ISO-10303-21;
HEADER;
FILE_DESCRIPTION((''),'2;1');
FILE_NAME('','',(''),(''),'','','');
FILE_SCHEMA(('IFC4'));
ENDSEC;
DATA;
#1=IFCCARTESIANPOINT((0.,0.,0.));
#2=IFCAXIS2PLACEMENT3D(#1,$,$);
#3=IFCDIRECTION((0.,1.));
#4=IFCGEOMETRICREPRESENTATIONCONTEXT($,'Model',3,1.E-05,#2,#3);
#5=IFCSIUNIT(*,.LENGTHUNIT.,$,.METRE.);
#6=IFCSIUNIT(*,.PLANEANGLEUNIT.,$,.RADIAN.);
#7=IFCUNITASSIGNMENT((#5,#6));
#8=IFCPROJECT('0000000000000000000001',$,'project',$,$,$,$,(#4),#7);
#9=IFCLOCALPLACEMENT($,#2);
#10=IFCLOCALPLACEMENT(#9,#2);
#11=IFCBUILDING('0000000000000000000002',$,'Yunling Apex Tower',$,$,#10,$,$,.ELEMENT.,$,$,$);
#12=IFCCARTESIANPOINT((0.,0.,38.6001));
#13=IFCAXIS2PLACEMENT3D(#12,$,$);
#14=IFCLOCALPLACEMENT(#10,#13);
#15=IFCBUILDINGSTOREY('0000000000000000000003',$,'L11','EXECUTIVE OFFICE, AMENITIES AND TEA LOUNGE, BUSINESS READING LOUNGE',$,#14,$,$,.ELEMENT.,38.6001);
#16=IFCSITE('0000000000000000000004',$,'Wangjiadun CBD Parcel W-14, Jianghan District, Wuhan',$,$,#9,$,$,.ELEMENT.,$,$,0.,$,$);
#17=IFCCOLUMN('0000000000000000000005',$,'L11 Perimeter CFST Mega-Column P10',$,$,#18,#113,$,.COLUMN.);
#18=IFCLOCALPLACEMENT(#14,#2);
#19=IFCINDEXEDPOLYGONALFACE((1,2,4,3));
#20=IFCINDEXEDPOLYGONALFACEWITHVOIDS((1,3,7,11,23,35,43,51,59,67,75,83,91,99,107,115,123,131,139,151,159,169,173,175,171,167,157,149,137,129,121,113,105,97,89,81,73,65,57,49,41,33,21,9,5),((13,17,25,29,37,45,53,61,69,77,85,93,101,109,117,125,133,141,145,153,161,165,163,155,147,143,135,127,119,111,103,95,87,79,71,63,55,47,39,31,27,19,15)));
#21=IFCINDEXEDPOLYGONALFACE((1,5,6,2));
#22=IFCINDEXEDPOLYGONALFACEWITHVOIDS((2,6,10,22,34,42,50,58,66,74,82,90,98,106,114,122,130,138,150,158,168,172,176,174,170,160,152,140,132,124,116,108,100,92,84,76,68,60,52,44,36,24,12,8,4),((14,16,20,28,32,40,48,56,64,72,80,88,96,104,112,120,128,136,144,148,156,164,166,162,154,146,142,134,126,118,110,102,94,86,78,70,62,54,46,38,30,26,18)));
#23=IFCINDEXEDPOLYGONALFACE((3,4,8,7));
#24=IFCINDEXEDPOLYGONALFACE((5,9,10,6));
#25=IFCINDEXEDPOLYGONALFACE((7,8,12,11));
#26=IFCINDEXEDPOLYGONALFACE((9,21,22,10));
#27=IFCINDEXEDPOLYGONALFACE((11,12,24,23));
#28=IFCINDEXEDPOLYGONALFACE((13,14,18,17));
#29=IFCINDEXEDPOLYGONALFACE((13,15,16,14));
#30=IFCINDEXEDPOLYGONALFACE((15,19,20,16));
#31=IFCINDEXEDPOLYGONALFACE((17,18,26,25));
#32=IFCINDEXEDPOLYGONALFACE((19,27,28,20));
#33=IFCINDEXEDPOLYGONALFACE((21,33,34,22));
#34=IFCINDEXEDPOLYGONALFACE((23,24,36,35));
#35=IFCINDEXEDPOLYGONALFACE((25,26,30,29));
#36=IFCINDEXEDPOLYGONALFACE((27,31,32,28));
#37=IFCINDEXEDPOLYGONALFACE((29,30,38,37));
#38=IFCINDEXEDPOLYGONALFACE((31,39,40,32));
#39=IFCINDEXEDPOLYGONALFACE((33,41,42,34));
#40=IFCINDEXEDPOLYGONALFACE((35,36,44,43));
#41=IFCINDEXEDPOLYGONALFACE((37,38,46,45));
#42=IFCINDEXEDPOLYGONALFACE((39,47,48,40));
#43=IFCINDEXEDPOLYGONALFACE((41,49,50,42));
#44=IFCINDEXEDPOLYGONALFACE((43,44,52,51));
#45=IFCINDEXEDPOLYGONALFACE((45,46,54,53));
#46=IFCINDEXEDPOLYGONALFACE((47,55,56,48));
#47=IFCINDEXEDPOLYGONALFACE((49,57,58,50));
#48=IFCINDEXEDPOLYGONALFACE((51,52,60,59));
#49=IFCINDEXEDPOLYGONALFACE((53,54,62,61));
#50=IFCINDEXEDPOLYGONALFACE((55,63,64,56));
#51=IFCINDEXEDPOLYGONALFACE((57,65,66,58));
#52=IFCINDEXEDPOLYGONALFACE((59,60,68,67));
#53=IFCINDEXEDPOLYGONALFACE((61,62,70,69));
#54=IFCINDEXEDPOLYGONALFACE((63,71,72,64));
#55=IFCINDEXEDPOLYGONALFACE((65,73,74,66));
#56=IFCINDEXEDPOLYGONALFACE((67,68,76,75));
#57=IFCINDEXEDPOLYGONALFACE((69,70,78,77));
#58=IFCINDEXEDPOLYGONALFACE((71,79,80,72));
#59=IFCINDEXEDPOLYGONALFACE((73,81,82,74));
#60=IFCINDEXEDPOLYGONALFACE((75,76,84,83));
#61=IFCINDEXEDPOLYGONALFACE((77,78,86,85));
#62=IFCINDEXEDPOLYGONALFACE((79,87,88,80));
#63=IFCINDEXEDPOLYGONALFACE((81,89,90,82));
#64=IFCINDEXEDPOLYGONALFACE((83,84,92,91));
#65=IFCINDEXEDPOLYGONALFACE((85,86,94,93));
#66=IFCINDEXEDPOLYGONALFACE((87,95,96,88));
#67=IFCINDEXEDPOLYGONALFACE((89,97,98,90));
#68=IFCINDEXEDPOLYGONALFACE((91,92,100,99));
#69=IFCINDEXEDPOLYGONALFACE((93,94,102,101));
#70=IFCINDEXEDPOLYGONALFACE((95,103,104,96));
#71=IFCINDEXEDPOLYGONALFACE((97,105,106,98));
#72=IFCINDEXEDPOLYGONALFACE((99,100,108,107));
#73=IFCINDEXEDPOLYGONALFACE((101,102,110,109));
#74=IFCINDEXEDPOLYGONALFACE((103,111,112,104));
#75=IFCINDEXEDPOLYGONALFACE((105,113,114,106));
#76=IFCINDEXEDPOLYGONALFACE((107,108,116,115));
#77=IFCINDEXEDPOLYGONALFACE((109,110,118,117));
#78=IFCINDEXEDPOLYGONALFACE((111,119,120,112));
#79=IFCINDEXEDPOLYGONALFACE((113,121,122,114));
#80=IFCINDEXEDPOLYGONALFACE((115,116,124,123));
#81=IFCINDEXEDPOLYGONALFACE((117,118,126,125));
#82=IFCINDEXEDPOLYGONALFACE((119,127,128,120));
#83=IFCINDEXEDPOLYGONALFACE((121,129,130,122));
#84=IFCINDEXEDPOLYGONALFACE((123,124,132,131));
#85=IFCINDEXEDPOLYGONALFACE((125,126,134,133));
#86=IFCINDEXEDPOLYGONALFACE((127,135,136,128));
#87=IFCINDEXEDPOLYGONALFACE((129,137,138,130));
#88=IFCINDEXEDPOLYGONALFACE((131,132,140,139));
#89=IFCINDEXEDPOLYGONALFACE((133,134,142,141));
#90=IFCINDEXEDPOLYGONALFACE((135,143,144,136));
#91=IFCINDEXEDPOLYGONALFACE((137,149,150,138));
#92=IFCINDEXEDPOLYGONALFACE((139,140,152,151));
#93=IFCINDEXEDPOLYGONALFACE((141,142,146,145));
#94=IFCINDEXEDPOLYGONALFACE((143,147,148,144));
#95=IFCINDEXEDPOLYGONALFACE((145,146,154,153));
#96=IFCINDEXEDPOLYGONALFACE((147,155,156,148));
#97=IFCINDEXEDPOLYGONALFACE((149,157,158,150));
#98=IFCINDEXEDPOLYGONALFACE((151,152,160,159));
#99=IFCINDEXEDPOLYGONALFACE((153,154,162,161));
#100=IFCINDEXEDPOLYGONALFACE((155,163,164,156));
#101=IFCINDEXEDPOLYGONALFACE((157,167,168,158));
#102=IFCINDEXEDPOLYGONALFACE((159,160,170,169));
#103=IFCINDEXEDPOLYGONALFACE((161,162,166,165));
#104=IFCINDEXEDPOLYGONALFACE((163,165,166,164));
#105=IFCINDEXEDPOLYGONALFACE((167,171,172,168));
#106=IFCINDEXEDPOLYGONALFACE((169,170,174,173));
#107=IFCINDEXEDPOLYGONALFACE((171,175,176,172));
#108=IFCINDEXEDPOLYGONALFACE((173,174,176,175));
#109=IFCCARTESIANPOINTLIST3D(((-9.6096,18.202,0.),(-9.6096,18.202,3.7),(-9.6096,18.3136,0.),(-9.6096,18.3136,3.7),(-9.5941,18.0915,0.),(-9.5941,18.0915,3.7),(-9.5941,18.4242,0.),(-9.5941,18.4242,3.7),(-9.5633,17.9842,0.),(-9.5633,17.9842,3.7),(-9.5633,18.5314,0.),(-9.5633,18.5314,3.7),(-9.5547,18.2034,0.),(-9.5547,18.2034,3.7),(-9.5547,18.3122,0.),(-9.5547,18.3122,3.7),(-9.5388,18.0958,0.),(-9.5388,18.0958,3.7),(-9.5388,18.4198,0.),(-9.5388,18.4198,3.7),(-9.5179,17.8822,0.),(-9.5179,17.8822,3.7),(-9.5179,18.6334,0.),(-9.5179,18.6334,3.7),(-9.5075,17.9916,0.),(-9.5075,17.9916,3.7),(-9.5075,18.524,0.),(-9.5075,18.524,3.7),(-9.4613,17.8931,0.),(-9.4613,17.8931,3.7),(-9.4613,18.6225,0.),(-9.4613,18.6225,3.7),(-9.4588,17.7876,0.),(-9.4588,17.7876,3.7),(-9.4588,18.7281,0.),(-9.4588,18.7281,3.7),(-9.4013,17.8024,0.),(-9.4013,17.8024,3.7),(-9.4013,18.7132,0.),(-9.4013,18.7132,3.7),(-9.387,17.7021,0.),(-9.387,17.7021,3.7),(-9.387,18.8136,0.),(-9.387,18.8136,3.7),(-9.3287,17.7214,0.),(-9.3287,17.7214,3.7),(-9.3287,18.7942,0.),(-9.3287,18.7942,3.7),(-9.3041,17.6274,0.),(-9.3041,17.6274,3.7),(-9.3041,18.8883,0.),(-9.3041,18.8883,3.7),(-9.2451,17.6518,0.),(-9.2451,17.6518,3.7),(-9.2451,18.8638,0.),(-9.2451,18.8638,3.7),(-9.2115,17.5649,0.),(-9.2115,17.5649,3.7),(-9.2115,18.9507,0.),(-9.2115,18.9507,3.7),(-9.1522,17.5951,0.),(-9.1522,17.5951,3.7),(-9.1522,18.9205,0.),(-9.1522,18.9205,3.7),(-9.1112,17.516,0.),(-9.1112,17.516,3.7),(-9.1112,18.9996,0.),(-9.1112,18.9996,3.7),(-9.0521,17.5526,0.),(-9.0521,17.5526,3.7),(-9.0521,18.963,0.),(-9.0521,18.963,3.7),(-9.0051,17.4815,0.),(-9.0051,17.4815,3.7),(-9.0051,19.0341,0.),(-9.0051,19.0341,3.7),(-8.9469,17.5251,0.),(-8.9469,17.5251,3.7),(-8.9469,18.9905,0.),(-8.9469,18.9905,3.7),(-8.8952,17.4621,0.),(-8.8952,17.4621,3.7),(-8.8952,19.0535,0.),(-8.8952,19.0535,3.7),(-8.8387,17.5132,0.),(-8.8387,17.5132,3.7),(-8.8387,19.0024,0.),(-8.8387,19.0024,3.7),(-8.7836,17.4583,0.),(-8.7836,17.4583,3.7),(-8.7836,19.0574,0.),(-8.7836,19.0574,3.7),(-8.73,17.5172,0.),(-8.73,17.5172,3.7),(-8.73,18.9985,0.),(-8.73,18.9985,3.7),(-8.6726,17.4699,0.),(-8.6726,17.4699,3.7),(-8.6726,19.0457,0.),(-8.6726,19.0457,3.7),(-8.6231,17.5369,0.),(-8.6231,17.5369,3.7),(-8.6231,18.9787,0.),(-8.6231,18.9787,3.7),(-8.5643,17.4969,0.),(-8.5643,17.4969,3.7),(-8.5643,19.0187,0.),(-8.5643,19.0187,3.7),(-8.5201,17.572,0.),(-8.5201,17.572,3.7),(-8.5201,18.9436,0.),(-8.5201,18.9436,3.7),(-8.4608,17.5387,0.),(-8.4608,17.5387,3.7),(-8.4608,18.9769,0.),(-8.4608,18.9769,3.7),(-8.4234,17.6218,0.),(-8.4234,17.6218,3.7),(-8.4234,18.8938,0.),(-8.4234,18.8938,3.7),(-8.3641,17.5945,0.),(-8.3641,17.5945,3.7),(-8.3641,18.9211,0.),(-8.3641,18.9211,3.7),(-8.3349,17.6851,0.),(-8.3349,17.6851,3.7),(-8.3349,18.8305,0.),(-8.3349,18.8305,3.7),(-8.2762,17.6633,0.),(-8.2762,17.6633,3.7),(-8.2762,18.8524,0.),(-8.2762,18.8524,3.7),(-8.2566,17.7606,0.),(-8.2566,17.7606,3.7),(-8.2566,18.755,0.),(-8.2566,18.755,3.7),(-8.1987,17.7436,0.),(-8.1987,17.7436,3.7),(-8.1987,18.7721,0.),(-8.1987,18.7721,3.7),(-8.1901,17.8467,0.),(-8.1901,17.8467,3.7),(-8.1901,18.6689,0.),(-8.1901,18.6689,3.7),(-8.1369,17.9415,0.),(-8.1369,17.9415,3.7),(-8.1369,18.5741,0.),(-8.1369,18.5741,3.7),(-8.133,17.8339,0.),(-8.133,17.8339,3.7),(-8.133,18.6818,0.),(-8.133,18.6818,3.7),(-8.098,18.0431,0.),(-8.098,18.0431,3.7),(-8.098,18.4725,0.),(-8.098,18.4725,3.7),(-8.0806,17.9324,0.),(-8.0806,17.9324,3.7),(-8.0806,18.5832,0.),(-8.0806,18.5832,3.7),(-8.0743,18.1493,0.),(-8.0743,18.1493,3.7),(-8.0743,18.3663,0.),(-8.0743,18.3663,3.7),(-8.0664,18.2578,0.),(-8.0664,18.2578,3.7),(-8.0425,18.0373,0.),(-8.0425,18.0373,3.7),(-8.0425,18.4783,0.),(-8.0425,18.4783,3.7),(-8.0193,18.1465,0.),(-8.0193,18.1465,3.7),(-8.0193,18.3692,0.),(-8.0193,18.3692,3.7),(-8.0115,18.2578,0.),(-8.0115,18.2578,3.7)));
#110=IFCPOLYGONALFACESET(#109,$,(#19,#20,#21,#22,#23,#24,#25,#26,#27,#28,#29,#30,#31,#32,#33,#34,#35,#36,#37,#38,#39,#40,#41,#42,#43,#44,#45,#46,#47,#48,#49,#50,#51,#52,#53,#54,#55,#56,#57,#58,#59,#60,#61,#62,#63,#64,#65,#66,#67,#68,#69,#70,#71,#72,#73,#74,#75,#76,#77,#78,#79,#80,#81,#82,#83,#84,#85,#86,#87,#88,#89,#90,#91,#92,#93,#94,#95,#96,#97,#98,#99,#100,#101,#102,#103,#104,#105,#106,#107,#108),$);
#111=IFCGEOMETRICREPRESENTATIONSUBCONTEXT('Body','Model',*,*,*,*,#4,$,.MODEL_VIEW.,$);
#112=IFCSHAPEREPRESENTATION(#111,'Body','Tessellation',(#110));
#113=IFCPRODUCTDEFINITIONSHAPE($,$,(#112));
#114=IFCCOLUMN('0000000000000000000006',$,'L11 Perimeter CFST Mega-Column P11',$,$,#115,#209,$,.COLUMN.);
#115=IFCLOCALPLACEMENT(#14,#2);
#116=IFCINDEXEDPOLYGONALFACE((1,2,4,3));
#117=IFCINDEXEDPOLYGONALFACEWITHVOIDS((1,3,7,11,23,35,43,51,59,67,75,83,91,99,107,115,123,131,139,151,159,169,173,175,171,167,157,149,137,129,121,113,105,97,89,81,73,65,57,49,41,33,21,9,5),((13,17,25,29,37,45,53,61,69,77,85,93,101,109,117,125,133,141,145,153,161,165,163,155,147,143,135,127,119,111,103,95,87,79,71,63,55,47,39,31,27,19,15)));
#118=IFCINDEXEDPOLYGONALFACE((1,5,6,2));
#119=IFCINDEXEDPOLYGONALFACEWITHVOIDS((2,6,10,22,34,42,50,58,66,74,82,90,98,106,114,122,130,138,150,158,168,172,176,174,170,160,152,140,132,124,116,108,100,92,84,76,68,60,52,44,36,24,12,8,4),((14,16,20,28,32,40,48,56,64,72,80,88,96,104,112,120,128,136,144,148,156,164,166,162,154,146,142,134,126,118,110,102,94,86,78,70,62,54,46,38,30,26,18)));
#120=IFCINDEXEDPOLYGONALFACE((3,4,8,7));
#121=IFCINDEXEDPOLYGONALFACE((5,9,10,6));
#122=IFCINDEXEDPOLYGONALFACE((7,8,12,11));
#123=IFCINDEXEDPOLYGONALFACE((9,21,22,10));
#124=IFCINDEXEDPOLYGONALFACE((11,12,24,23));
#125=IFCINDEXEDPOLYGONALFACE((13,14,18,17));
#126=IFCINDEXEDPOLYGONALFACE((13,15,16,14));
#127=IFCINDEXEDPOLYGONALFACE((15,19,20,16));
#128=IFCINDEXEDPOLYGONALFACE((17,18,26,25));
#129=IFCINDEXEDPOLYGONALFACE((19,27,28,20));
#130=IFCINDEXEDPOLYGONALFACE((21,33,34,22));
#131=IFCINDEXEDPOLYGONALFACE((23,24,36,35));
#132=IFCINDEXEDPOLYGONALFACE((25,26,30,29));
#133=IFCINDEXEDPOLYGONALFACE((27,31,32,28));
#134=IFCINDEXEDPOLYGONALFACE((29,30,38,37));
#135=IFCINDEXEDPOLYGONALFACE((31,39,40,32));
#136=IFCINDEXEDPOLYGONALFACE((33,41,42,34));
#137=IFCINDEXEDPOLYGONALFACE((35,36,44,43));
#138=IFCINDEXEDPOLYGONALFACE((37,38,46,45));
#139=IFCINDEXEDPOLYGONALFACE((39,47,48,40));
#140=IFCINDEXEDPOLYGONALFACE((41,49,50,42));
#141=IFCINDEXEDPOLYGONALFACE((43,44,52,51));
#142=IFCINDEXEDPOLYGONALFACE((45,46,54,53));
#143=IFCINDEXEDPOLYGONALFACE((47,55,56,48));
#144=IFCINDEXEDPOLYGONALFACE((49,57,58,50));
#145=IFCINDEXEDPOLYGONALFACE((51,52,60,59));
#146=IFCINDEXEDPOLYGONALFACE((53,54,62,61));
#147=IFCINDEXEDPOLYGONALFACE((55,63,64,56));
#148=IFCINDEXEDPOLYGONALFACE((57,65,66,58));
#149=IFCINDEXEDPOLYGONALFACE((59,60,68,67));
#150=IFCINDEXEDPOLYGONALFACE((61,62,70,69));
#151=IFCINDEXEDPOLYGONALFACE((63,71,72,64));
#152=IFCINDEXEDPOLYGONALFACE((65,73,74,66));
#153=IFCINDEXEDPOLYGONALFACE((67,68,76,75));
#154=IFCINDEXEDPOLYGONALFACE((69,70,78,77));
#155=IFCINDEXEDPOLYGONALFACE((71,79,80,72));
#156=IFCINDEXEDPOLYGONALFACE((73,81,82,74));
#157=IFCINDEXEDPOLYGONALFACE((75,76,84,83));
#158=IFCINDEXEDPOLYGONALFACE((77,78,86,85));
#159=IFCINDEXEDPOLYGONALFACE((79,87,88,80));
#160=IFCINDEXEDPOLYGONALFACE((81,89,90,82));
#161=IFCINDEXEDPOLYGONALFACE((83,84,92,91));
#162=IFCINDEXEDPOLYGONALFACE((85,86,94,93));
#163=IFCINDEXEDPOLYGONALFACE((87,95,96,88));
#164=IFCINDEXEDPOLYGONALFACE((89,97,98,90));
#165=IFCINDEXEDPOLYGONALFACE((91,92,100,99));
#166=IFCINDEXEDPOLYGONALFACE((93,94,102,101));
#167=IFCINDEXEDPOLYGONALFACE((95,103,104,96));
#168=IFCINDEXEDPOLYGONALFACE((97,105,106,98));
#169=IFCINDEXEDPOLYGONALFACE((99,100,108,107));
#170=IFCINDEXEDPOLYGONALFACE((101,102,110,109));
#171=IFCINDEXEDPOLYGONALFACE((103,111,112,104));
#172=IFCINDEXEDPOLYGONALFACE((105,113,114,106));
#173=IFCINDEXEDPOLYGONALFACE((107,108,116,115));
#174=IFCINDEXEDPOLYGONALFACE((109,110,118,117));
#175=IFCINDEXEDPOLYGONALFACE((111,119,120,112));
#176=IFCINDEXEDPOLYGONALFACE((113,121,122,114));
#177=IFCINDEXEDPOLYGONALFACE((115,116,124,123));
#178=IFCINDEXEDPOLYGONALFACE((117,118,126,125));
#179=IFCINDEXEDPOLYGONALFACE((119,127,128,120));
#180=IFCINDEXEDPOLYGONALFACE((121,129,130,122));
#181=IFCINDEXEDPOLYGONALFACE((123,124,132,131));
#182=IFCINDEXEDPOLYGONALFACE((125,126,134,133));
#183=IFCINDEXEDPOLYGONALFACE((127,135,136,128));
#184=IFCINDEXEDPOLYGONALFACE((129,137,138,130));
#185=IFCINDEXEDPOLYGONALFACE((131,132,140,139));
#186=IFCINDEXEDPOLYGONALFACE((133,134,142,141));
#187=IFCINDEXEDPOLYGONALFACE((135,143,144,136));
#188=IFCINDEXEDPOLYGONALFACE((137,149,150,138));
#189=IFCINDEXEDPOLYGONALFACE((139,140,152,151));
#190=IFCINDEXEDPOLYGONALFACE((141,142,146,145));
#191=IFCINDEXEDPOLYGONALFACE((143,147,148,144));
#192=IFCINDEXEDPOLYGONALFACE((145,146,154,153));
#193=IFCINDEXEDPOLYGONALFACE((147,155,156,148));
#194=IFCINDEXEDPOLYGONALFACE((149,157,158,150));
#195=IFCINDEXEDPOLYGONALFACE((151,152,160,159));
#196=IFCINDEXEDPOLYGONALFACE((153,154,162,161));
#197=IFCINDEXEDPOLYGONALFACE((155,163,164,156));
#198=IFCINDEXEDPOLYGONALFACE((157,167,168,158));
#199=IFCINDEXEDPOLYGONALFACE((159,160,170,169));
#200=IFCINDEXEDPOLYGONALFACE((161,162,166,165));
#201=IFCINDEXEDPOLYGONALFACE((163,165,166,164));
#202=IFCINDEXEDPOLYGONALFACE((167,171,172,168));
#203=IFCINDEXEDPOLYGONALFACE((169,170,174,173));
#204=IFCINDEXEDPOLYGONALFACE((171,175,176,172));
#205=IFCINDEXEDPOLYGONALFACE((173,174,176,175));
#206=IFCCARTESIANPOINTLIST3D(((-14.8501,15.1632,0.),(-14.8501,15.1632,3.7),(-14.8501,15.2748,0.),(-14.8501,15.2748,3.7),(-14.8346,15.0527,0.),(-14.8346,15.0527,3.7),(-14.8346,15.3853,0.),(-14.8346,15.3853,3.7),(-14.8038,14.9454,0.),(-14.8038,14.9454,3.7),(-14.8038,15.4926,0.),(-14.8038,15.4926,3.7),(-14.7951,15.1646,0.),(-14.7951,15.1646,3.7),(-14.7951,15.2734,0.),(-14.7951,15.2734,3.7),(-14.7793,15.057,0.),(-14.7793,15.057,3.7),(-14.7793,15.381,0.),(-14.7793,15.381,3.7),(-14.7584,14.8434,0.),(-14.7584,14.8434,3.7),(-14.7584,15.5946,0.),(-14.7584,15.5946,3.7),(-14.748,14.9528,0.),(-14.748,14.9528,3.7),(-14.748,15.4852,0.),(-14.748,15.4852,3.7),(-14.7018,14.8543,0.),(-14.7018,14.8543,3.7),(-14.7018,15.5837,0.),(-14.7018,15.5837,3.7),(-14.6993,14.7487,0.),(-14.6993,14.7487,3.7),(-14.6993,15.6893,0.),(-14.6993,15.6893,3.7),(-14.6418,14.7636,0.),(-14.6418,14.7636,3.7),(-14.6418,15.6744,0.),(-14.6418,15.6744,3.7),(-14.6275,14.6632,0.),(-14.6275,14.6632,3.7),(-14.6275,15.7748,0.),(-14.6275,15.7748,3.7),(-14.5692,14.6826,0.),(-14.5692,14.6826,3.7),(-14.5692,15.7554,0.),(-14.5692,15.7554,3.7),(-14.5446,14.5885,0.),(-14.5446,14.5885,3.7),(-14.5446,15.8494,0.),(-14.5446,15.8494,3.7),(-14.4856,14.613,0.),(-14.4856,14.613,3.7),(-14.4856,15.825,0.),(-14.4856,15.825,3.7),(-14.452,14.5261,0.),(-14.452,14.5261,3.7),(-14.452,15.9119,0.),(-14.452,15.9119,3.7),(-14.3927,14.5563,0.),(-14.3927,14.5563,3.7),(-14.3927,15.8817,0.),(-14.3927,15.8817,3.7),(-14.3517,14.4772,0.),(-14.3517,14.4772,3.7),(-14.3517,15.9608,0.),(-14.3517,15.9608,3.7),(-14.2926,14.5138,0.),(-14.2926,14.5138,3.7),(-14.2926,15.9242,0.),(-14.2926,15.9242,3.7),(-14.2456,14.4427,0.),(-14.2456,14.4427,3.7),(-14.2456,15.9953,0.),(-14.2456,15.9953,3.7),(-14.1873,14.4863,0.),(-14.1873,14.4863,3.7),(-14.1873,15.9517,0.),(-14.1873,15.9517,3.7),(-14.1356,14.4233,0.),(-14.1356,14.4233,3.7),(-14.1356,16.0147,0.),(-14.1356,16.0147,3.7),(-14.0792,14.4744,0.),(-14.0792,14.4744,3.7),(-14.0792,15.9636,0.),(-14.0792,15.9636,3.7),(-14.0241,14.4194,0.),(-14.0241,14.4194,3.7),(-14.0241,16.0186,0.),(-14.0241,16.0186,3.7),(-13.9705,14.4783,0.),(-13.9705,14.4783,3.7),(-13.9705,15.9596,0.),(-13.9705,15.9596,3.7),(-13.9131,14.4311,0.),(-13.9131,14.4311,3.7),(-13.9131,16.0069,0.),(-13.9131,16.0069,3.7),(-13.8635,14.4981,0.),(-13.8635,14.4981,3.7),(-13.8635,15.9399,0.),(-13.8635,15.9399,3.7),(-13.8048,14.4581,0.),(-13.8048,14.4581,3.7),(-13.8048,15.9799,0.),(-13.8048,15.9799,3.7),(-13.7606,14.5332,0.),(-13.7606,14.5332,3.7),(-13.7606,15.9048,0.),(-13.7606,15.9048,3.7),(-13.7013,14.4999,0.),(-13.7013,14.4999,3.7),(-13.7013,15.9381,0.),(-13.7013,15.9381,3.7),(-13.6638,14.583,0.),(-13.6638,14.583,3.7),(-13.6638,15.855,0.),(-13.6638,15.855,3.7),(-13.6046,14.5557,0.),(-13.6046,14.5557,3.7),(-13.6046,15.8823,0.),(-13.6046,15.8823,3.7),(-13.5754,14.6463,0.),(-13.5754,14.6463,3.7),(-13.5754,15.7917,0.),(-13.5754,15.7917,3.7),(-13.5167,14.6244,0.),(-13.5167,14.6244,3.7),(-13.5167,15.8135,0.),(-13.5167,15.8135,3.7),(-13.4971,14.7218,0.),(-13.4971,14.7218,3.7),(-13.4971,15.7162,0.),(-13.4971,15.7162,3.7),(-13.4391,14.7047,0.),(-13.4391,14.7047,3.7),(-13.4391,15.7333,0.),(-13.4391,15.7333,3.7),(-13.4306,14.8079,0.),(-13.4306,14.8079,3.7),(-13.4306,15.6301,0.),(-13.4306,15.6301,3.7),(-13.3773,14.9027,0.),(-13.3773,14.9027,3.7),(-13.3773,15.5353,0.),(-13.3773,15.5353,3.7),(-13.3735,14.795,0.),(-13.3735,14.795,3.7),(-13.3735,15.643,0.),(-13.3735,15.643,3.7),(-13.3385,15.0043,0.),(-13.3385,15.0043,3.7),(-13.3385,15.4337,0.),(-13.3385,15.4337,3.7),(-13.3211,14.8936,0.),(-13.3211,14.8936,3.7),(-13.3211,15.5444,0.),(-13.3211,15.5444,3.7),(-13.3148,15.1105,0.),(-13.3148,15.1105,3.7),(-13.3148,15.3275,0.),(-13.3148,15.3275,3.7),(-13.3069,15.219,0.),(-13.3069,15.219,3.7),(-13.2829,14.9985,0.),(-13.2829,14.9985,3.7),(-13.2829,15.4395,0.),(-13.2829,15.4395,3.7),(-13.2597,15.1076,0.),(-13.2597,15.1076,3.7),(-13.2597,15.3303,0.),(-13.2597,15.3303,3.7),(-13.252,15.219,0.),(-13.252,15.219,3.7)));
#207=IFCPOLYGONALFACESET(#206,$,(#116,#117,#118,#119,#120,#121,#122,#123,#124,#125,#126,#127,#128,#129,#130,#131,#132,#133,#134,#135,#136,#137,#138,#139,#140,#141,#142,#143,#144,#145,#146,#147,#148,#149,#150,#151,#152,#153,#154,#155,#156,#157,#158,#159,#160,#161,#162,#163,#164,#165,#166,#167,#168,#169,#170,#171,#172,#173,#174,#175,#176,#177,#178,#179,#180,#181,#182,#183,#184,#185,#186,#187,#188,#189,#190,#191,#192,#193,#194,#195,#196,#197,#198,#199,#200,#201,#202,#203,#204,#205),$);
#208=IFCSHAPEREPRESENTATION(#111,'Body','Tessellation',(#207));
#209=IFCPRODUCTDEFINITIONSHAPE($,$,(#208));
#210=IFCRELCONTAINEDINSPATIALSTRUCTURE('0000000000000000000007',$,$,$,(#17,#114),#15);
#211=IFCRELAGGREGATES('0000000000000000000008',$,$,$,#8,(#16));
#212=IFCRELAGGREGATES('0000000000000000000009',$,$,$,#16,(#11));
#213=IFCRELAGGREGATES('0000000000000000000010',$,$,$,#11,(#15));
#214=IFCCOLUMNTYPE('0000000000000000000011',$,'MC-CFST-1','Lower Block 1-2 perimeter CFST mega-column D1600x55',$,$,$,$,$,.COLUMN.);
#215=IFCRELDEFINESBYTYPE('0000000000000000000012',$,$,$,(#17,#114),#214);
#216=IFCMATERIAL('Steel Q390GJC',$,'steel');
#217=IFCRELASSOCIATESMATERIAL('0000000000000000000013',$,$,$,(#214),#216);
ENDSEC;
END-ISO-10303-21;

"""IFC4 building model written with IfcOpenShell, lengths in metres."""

from ifc_helpers import new_model, si_unit, direction, frame, origin, origin_2d, place, context, subcontext, project, spatial, hollow_circle, extrude, source, transform, mapped, material, material_profile, profile_set, type_object, element, save


model = new_model("IFC4")

# Units and contexts
model_context = context("Model", 3, precision=1e-05, world=origin(), true_north=direction((0.0, 1.0)))
body_context = subcontext(model_context, "Body", "Model", "MODEL_VIEW")
ifc_project = project(units=[si_unit("LENGTHUNIT", "METRE"), si_unit("PLANEANGLEUNIT", "RADIAN")], contexts=[model_context])

# Site, building, storey
site_placement = place(None, origin())
site = spatial("IfcSite", under=ifc_project, at=site_placement, Name="Wangjiadun CBD Parcel W-14, Jianghan District, Wuhan", CompositionType="ELEMENT", RefElevation=0.0)
building_placement = place(site_placement, origin())
building = spatial("IfcBuilding", under=site, at=building_placement, Name="Yunling Apex Tower", CompositionType="ELEMENT")
storey_placement = place(building_placement, frame((0.0, 0.0, 38.6001)))
storey = spatial("IfcBuildingStorey", under=building, at=storey_placement, Name="L11", Description="EXECUTIVE OFFICE, AMENITIES AND TEA LOUNGE, BUSINESS READING LOUNGE", CompositionType="ELEMENT", Elevation=38.6001)

# Columns
ifc_material_1 = material(Name="Steel Q390GJC", Category="steel")
ifc_material_profile_1 = material_profile(ifc_material_1, hollow_circle(Radius=0.8, WallThickness=0.0549, at=origin_2d()))
ifc_profile_set_1 = profile_set([ifc_material_profile_1], Name="Steel Q390GJC")
column_type = type_object("IfcColumnType", Name="MC-CFST-1", Description="Lower Block 1-2 perimeter CFST mega-column D1600x55", PredefinedType="COLUMN", material=ifc_profile_set_1)
shared_shape_1 = source(origin(), body_context, "Body", "SweptSolid", [
    extrude(hollow_circle(Radius=0.8, WallThickness=0.0549, at=origin_2d()), origin(), (0.0, 0.0, 1.0), 3.7),
])
for number, where, z_axis, x_axis, name in (
    (1, (-8.8115, 18.2578, 0.0), (0.0, 0.0, 1.0), (1.0, 0.0, 0.0), "L11 Perimeter CFST Mega-Column P10"),
    (2, (-14.052, 15.219, 0.0), (0.0, 0.0, 1.0), (1.0, 0.0, 0.0), "L11 Perimeter CFST Mega-Column P11"),
):
    element("IfcColumn", number, at=place(storey_placement, frame(where, z_axis=z_axis, x_axis=x_axis)), inside=storey, type_object=column_type, Name=name, PredefinedType="COLUMN", context=body_context, shape_type="MappedRepresentation", body=[
        mapped(shared_shape_1, transform((0.0, 0.0, 0.0), scale=1.0)),
    ])

save(model, "model.ifc")
